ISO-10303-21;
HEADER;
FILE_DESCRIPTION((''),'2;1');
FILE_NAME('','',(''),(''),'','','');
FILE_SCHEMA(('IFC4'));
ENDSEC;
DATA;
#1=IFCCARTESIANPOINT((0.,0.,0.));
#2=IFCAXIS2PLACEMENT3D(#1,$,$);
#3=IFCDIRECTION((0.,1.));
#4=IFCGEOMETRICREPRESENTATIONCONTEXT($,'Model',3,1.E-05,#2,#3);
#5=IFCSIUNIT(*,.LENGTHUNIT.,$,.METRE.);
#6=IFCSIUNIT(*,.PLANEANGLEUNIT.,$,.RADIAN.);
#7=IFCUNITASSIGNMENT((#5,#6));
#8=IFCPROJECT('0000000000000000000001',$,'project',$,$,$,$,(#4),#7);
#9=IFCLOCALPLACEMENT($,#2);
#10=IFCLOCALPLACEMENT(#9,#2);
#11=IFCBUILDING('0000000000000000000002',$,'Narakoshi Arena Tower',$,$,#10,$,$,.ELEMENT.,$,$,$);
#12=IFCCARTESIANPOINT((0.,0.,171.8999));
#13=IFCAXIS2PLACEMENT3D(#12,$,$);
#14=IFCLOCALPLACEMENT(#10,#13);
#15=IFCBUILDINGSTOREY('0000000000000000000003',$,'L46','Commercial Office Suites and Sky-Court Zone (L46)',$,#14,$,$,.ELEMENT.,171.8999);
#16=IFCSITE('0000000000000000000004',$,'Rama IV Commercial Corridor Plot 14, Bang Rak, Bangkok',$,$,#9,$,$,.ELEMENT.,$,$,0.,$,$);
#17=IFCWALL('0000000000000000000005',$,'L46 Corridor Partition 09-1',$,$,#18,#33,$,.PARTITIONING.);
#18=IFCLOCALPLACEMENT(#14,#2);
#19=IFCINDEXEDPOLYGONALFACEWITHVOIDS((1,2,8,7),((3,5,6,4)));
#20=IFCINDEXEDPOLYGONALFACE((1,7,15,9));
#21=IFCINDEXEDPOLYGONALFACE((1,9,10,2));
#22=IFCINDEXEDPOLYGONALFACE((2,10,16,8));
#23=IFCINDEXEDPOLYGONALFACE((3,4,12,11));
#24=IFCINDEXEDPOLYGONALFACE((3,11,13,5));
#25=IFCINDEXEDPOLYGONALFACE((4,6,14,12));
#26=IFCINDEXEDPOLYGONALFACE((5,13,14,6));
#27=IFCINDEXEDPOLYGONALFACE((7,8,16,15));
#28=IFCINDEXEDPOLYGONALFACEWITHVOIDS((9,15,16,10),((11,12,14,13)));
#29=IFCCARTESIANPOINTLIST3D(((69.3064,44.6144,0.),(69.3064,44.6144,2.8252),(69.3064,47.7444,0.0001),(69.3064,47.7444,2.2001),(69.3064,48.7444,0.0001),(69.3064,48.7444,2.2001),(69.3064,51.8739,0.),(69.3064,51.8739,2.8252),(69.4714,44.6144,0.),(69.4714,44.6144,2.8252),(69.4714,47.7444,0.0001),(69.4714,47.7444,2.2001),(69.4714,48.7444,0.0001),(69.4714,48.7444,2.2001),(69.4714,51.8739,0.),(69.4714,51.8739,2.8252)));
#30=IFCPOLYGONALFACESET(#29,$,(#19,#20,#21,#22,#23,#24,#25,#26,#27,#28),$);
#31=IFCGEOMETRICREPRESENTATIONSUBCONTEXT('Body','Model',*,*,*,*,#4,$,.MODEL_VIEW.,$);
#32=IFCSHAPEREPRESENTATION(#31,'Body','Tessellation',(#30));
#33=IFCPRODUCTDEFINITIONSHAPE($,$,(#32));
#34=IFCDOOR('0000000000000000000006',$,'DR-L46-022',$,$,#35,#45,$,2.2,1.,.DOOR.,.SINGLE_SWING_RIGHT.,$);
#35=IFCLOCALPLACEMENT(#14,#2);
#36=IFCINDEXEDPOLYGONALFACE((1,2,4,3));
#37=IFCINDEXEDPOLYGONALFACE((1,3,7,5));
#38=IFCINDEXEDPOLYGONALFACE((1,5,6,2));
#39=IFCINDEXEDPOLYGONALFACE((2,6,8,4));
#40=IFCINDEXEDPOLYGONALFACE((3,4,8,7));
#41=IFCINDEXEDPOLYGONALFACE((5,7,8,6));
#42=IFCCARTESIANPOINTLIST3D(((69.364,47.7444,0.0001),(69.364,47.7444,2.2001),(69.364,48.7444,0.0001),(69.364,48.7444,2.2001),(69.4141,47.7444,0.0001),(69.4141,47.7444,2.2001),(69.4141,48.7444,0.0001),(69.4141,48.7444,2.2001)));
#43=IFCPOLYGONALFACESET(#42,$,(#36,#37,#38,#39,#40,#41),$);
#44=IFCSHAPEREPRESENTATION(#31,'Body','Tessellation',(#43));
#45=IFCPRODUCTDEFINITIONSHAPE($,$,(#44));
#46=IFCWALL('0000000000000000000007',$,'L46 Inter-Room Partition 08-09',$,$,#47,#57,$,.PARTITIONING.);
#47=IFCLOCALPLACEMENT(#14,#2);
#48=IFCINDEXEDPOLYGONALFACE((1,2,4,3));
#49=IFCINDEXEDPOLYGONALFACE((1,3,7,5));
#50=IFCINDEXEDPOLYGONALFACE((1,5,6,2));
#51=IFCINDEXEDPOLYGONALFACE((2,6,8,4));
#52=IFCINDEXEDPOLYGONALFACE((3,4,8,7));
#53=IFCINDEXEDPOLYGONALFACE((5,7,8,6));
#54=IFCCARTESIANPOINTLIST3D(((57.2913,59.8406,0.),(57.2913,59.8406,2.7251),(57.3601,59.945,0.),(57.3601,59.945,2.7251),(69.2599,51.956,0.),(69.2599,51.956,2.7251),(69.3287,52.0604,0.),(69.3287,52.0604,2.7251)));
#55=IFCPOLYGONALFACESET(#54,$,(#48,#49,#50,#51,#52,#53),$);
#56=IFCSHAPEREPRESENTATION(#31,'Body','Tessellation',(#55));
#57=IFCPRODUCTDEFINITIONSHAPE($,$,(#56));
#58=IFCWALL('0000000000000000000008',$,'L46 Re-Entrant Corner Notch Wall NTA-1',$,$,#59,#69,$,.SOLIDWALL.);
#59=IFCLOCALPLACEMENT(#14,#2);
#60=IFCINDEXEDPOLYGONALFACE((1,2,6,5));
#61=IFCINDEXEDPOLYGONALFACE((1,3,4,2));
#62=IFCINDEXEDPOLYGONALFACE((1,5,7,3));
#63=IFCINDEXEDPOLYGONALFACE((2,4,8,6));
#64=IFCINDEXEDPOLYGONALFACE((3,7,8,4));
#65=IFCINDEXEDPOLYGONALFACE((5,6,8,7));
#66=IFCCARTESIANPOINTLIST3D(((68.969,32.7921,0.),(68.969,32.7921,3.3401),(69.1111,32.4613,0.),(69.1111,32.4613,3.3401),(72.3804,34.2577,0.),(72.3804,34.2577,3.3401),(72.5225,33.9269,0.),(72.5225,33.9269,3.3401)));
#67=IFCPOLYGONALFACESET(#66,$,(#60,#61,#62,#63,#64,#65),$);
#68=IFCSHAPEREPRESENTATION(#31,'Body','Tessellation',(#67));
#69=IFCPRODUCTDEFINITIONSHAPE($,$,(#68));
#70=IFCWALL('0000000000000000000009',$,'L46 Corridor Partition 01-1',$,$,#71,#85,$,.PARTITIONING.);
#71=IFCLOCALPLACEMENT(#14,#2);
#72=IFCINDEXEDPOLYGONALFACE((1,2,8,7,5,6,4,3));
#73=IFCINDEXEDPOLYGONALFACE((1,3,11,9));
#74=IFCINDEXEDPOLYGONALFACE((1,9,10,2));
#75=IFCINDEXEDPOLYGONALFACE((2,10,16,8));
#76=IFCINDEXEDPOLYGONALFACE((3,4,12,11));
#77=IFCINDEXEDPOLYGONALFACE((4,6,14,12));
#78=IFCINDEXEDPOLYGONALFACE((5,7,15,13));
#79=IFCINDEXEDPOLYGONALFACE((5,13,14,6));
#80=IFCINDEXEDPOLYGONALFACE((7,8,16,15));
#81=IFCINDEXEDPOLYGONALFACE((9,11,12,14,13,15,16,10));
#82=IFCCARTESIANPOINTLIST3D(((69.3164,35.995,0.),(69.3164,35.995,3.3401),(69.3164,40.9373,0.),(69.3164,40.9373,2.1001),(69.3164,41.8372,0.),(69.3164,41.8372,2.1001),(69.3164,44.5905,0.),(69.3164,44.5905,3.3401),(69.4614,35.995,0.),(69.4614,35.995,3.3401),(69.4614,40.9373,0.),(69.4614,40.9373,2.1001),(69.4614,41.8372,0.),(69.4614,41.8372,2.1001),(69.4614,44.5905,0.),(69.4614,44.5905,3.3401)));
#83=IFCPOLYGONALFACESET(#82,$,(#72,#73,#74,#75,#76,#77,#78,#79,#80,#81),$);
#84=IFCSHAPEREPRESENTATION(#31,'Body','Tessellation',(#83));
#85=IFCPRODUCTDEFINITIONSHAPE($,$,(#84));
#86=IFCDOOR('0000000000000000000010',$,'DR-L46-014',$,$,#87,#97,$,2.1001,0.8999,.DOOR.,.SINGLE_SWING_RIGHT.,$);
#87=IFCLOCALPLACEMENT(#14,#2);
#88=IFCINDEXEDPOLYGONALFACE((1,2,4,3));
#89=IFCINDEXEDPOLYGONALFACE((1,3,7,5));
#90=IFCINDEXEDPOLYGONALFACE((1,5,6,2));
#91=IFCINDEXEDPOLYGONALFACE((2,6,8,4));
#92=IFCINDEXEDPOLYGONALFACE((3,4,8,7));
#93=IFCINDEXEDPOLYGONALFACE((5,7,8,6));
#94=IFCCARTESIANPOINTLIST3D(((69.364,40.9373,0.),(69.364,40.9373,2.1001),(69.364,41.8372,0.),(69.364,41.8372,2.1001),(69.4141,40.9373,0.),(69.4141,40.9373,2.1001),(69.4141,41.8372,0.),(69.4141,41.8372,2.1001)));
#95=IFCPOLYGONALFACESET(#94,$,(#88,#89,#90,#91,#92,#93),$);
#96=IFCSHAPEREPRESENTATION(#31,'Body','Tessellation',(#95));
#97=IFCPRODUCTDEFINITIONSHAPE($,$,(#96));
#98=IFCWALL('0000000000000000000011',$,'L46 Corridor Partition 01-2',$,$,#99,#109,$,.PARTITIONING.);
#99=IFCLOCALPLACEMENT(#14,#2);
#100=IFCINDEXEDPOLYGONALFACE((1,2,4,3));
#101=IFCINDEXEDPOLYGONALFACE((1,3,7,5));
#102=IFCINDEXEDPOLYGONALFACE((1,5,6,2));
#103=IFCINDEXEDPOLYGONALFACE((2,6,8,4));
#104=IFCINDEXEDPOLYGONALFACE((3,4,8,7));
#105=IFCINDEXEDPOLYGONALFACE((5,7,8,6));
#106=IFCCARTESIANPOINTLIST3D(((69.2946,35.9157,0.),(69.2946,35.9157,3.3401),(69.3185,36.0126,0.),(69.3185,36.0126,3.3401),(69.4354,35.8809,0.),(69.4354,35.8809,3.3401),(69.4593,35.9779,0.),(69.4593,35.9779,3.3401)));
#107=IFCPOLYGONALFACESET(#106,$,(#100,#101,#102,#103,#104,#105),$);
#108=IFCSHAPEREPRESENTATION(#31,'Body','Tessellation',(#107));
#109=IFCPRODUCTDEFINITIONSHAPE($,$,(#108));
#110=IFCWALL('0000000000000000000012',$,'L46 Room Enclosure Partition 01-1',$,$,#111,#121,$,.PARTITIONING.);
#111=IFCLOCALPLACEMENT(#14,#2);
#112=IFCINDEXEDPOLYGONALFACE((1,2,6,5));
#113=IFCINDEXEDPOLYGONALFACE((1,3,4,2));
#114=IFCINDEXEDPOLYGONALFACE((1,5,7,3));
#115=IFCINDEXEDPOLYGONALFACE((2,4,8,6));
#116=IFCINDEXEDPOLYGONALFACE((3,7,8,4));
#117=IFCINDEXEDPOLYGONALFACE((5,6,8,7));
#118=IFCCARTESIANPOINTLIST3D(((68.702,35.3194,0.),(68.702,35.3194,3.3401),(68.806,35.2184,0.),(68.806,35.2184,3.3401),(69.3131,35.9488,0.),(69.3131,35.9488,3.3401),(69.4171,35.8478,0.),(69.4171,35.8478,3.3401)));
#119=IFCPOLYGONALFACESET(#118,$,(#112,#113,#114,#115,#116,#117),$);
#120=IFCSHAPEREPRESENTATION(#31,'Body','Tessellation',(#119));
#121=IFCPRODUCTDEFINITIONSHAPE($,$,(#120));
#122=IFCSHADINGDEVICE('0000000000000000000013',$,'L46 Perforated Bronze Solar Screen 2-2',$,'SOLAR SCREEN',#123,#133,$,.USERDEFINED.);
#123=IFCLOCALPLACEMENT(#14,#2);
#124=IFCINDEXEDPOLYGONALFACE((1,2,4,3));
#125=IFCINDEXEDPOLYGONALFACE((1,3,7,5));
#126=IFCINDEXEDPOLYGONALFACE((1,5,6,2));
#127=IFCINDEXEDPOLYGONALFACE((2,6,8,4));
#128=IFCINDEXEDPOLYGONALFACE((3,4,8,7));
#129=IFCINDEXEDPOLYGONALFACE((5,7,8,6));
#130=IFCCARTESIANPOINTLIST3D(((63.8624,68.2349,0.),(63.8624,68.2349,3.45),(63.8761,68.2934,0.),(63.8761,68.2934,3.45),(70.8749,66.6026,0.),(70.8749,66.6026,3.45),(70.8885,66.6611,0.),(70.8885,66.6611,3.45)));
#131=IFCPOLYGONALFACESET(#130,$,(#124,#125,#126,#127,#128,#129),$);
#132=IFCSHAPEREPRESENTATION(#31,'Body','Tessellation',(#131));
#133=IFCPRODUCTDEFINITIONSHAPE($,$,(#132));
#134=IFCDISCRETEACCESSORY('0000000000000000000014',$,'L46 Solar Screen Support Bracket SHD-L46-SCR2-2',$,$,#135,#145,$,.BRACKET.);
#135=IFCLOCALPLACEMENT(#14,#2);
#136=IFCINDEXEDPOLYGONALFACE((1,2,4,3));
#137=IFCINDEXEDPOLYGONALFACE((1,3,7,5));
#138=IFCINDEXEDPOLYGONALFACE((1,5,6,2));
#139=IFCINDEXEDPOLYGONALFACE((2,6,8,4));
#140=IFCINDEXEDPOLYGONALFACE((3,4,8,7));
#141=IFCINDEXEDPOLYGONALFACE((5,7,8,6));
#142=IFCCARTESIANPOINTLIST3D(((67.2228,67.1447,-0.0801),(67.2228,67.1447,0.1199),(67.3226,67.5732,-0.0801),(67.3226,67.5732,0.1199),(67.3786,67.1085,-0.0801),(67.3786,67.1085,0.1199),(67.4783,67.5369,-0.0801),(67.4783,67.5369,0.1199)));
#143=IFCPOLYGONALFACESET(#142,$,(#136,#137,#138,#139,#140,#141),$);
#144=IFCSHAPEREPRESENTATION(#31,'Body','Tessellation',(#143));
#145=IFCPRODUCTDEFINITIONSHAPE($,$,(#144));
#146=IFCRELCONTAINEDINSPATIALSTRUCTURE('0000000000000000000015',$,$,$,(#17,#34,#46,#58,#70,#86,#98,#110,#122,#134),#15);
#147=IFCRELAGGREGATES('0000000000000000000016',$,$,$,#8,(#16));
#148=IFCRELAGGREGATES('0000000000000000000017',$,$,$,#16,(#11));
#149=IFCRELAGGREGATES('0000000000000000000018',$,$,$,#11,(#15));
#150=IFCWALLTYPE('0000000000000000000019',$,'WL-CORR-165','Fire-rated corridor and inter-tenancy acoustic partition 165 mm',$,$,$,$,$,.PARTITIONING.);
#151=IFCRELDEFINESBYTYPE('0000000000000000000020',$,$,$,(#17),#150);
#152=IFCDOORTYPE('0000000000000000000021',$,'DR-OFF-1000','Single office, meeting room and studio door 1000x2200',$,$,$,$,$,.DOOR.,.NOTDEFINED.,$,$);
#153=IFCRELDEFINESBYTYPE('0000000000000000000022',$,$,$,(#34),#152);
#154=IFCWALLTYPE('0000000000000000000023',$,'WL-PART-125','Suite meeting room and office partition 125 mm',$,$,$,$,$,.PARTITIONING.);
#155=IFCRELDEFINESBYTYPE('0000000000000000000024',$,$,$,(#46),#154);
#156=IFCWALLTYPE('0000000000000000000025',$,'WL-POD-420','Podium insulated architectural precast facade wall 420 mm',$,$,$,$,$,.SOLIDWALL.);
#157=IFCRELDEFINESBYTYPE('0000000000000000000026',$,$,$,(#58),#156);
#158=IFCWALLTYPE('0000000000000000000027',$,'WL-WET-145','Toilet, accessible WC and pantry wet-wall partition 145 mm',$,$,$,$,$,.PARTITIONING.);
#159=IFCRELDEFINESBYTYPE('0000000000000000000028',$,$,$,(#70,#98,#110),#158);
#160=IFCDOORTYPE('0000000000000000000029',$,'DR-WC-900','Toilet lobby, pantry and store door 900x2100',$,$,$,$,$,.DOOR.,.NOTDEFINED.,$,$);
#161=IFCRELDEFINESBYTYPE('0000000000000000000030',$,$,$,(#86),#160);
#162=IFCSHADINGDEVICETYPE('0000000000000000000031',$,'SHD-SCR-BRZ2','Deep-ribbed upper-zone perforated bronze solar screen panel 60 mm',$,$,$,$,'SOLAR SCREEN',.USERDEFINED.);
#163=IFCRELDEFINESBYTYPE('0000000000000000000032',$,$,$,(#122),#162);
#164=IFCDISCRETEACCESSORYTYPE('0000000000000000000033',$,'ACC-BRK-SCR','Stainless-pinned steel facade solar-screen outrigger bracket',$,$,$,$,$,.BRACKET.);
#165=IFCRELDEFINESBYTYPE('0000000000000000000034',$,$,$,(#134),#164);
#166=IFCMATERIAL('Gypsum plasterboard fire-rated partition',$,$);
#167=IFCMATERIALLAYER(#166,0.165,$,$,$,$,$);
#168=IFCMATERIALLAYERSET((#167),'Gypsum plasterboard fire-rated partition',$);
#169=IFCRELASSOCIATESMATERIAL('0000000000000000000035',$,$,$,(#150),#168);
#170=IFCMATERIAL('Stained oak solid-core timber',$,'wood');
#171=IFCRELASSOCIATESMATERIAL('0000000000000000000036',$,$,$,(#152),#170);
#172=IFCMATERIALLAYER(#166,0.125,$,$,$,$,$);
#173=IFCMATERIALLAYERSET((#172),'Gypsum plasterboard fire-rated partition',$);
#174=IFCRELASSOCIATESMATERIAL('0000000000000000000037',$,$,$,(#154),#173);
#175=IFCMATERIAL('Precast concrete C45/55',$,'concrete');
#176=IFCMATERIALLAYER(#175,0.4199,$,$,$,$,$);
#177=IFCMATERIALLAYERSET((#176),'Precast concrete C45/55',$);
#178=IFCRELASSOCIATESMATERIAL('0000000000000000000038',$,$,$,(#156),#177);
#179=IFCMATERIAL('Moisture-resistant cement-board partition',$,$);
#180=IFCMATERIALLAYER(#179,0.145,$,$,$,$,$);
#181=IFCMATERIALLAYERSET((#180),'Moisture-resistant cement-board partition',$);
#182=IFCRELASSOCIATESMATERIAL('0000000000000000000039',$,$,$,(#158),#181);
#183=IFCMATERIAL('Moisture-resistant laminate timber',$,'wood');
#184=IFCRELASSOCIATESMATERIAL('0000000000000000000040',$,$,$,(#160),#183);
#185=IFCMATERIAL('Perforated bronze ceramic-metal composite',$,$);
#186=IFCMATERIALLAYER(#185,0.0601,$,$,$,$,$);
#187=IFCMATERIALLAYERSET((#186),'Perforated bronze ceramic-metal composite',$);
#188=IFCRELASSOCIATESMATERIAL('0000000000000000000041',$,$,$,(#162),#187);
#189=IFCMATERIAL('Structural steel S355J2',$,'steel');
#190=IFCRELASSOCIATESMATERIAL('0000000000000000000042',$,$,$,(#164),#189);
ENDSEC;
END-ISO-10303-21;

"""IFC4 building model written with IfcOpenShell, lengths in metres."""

from ifc_helpers import new_model, si_unit, direction, frame, frame_2d, origin, origin_2d, place, context, subcontext, project, spatial, rectangle, extrude, material, layer, layer_set, type_object, element, fill, save


model = new_model("IFC4")

# Units and contexts
model_context = context("Model", 3, precision=1e-05, world=origin(), true_north=direction((0.0, 1.0)))
body_context = subcontext(model_context, "Body", "Model", "MODEL_VIEW")
ifc_project = project(units=[si_unit("LENGTHUNIT", "METRE"), si_unit("PLANEANGLEUNIT", "RADIAN")], contexts=[model_context])

# Site, building, storey
site_placement = place(None, origin())
site = spatial("IfcSite", under=ifc_project, at=site_placement, Name="Rama IV Commercial Corridor Plot 14, Bang Rak, Bangkok", CompositionType="ELEMENT", RefElevation=0.0)
building_placement = place(site_placement, origin())
building = spatial("IfcBuilding", under=site, at=building_placement, Name="Narakoshi Arena Tower", CompositionType="ELEMENT")
storey_placement = place(building_placement, frame((0.0, 0.0, 171.8999)))
storey = spatial("IfcBuildingStorey", under=building, at=storey_placement, Name="L46", Description="Commercial Office Suites and Sky-Court Zone (L46)", CompositionType="ELEMENT", Elevation=171.8999)

# Shared definitions
ifc_material_1 = material(Name="Structural steel S355J2", Category="steel")

# Wall, opening, door
ifc_material_2 = material(Name="Gypsum plasterboard fire-rated partition")
ifc_layer_1 = layer(ifc_material_2, 0.165)
ifc_layer_set_1 = layer_set([ifc_layer_1], Name="Gypsum plasterboard fire-rated partition")
wall_type_1 = type_object("IfcWallType", Name="WL-CORR-165", Description="Fire-rated corridor and inter-tenancy acoustic partition 165 mm", PredefinedType="PARTITIONING", material=ifc_layer_set_1)
ifc_material_3 = material(Name="Stained oak solid-core timber", Category="wood")
door_type_1 = type_object("IfcDoorType", Name="DR-OFF-1000", Description="Single office, meeting room and studio door 1000x2200", OperationType="NOTDEFINED", PredefinedType="DOOR", material=ifc_material_3)
wall_1_placement = place(storey_placement, frame((69.3889, 51.874, 0.0), z_axis=(0.0, 0.0, 1.0), x_axis=(0.0, -1.0, 0.0)))
wall_1 = element("IfcWall", 1, at=wall_1_placement, inside=storey, type_object=wall_type_1, Name="L46 Corridor Partition 09-1", PredefinedType="PARTITIONING", context=body_context, shape_type="SweptSolid", body=[
    extrude(rectangle(XDim=7.2595, YDim=0.165, at=frame_2d((3.6299, 0.0))), origin(), (0.0, 0.0, 1.0), 2.8252),
])
opening_1_placement = place(wall_1_placement, frame((3.1296, 0.0, 0.0)))
opening_1 = element("IfcOpeningElement", 2, at=opening_1_placement, cuts=wall_1, PredefinedType="OPENING", context=body_context, shape_type="SweptSolid", body=[
    extrude(rectangle(XDim=1.0, YDim=2.2, at=frame_2d((0.5, 1.1001))), frame((0.0, 0.0925, 0.0), z_axis=(0.0, -1.0, 0.0), x_axis=(1.0, 0.0, 0.0)), (0.0, 0.0, 1.0), 0.1851),
])
door_1_placement = place(opening_1_placement, frame((1.0, 0.0, 0.0), z_axis=(0.0, 0.0, 1.0), x_axis=(-1.0, 0.0, 0.0)))
door_1 = element("IfcDoor", 3, at=door_1_placement, inside=storey, type_object=door_type_1, Name="DR-L46-022", OperationType="SINGLE_SWING_RIGHT", OverallHeight=2.2, OverallWidth=1.0, PredefinedType="DOOR", context=body_context, shape_type="SweptSolid", body=[
    extrude(rectangle(XDim=1.0, YDim=2.2, at=frame_2d((0.5, 1.1001))), frame((0.0, 0.0249, 0.0), z_axis=(0.0, -1.0, 0.0), x_axis=(1.0, 0.0, 0.0)), (0.0, 0.0, 1.0), 0.05),
])
fill(opening_1, door_1)

# Walls
ifc_layer_2 = layer(ifc_material_2, 0.125)
ifc_layer_set_2 = layer_set([ifc_layer_2], Name="Gypsum plasterboard fire-rated partition")
wall_type_2 = type_object("IfcWallType", Name="WL-PART-125", Description="Suite meeting room and office partition 125 mm", PredefinedType="PARTITIONING", material=ifc_layer_set_2)
wall_2_placement = place(storey_placement, frame((69.2942, 52.0083, 0.0), z_axis=(0.0, 0.0, 1.0), x_axis=(-0.83508, 0.550128, 0.0)))
element("IfcWall", 4, at=wall_2_placement, inside=storey, type_object=wall_type_2, Name="L46 Inter-Room Partition 08-09", PredefinedType="PARTITIONING", context=body_context, shape_type="SweptSolid", body=[
    extrude(rectangle(XDim=14.3323, YDim=0.125, at=frame_2d((7.166, 0.0))), origin(), (0.0, 0.0, 1.0), 2.7251),
])
ifc_material_4 = material(Name="Precast concrete C45/55", Category="concrete")
ifc_layer_3 = layer(ifc_material_4, 0.4199)
ifc_layer_set_3 = layer_set([ifc_layer_3], Name="Precast concrete C45/55")
wall_type_3 = type_object("IfcWallType", Name="WL-POD-420", Description="Podium insulated architectural precast facade wall 420 mm", PredefinedType="SOLIDWALL", material=ifc_layer_set_3)
wall_3_placement = place(storey_placement, frame((69.04, 32.6267, 0.0), z_axis=(0.0, 0.0, 1.0), x_axis=(0.918798, 0.394729, 0.0)))
element("IfcWall", 5, at=wall_3_placement, inside=storey, type_object=wall_type_3, Name="L46 Re-Entrant Corner Notch Wall NTA-1", PredefinedType="SOLIDWALL", context=body_context, shape_type="SweptSolid", body=[
    extrude(rectangle(XDim=3.7129, YDim=0.3601, at=frame_2d((1.8564, 0.0))), origin(), (0.0, 0.0, 1.0), 3.3401),
])

# Wall, opening, door
ifc_material_5 = material(Name="Moisture-resistant cement-board partition")
ifc_layer_4 = layer(ifc_material_5, 0.145)
ifc_layer_set_4 = layer_set([ifc_layer_4], Name="Moisture-resistant cement-board partition")
wall_type_4 = type_object("IfcWallType", Name="WL-WET-145", Description="Toilet, accessible WC and pantry wet-wall partition 145 mm", PredefinedType="PARTITIONING", material=ifc_layer_set_4)
wall_4_placement = place(storey_placement, frame((69.3889, 44.5906, 0.0), z_axis=(0.0, 0.0, 1.0), x_axis=(0.0, -1.0, 0.0)))
wall_4 = element("IfcWall", 6, at=wall_4_placement, inside=storey, type_object=wall_type_4, Name="L46 Corridor Partition 01-1", PredefinedType="PARTITIONING", context=body_context, shape_type="SweptSolid", body=[
    extrude(rectangle(XDim=8.5955, YDim=0.145, at=frame_2d((4.2979, 0.0))), origin(), (0.0, 0.0, 1.0), 3.3401),
])
opening_2_placement = place(wall_4_placement, frame((2.7534, 0.0, 0.0)))
opening_2 = element("IfcOpeningElement", 7, at=opening_2_placement, cuts=wall_4, PredefinedType="OPENING", context=body_context, shape_type="SweptSolid", body=[
    extrude(rectangle(XDim=0.8999, YDim=2.1001, at=frame_2d((0.45, 1.05))), frame((0.0, 0.0825, 0.0), z_axis=(0.0, -1.0, 0.0), x_axis=(1.0, 0.0, 0.0)), (0.0, 0.0, 1.0), 0.165),
])
ifc_material_6 = material(Name="Moisture-resistant laminate timber", Category="wood")
door_type_2 = type_object("IfcDoorType", Name="DR-WC-900", Description="Toilet lobby, pantry and store door 900x2100", OperationType="NOTDEFINED", PredefinedType="DOOR", material=ifc_material_6)
door_2_placement = place(opening_2_placement, frame((0.8999, 0.0, 0.0), z_axis=(0.0, 0.0, 1.0), x_axis=(-1.0, 0.0, 0.0)))
door_2 = element("IfcDoor", 8, at=door_2_placement, inside=storey, type_object=door_type_2, Name="DR-L46-014", OperationType="SINGLE_SWING_RIGHT", OverallHeight=2.1001, OverallWidth=0.8999, PredefinedType="DOOR", context=body_context, shape_type="SweptSolid", body=[
    extrude(rectangle(XDim=0.8999, YDim=2.1001, at=frame_2d((0.45, 1.05))), frame((0.0, 0.0249, 0.0), z_axis=(0.0, -1.0, 0.0), x_axis=(1.0, 0.0, 0.0)), (0.0, 0.0, 1.0), 0.05),
])
fill(opening_2, door_2)

# Walls
wall_5_placement = place(storey_placement, frame((69.3889, 35.9951, 0.0), z_axis=(0.0, 0.0, 1.0), x_axis=(-0.239658, -0.970857, 0.0)))
element("IfcWall", 9, at=wall_5_placement, inside=storey, type_object=wall_type_4, Name="L46 Corridor Partition 01-2", PredefinedType="PARTITIONING", context=body_context, shape_type="SweptSolid", body=[
    extrude(rectangle(XDim=0.0999, YDim=0.145, at=frame_2d((0.0498, 0.0))), origin(), (0.0, 0.0, 1.0), 3.3401),
])
wall_6_placement = place(storey_placement, frame((69.365, 35.8982, 0.0), z_axis=(0.0, 0.0, 1.0), x_axis=(-0.696593, -0.717466, 0.0)))
element("IfcWall", 10, at=wall_6_placement, inside=storey, type_object=wall_type_4, Name="L46 Room Enclosure Partition 01-1", PredefinedType="PARTITIONING", context=body_context, shape_type="SweptSolid", body=[
    extrude(rectangle(XDim=0.8772, YDim=0.145, at=frame_2d((0.4385, 0.0))), origin(), (0.0, 0.0, 1.0), 3.3401),
])

# Shading device
ifc_material_7 = material(Name="Perforated bronze ceramic-metal composite")
ifc_layer_5 = layer(ifc_material_7, 0.0601)
ifc_layer_set_5 = layer_set([ifc_layer_5], Name="Perforated bronze ceramic-metal composite")
shading_device_type = type_object("IfcShadingDeviceType", Name="SHD-SCR-BRZ2", Description="Deep-ribbed upper-zone perforated bronze solar screen panel 60 mm", ElementType="SOLAR SCREEN", PredefinedType="USERDEFINED", material=ifc_layer_set_5)
shading_device_placement = place(storey_placement, frame((67.3755, 67.448, 0.0), z_axis=(0.0, 0.0, 1.0), x_axis=(-0.97396, 0.226719, 0.0)))
element("IfcShadingDevice", 11, at=shading_device_placement, inside=storey, type_object=shading_device_type, Name="L46 Perforated Bronze Solar Screen 2-2", ObjectType="SOLAR SCREEN", PredefinedType="USERDEFINED", context=body_context, shape_type="SweptSolid", body=[
    extrude(rectangle(XDim=7.2, YDim=0.0601, at=origin_2d()), origin(), (0.0, 0.0, 1.0), 3.45),
])

# Discrete accessory
discrete_accessory_type = type_object("IfcDiscreteAccessoryType", Name="ACC-BRK-SCR", Description="Stainless-pinned steel facade solar-screen outrigger bracket", PredefinedType="BRACKET", material=ifc_material_1)
discrete_accessory_placement = place(storey_placement, frame((67.3506, 67.3408, -0.0801), z_axis=(0.0, 0.0, 1.0), x_axis=(-0.97396, 0.226719, 0.0)))
element("IfcDiscreteAccessory", 12, at=discrete_accessory_placement, inside=storey, type_object=discrete_accessory_type, Name="L46 Solar Screen Support Bracket SHD-L46-SCR2-2", PredefinedType="BRACKET", context=body_context, shape_type="SweptSolid", body=[
    extrude(rectangle(XDim=0.1599, YDim=0.4399, at=origin_2d()), origin(), (0.0, 0.0, 1.0), 0.2),
])

save(model, "model.ifc")
